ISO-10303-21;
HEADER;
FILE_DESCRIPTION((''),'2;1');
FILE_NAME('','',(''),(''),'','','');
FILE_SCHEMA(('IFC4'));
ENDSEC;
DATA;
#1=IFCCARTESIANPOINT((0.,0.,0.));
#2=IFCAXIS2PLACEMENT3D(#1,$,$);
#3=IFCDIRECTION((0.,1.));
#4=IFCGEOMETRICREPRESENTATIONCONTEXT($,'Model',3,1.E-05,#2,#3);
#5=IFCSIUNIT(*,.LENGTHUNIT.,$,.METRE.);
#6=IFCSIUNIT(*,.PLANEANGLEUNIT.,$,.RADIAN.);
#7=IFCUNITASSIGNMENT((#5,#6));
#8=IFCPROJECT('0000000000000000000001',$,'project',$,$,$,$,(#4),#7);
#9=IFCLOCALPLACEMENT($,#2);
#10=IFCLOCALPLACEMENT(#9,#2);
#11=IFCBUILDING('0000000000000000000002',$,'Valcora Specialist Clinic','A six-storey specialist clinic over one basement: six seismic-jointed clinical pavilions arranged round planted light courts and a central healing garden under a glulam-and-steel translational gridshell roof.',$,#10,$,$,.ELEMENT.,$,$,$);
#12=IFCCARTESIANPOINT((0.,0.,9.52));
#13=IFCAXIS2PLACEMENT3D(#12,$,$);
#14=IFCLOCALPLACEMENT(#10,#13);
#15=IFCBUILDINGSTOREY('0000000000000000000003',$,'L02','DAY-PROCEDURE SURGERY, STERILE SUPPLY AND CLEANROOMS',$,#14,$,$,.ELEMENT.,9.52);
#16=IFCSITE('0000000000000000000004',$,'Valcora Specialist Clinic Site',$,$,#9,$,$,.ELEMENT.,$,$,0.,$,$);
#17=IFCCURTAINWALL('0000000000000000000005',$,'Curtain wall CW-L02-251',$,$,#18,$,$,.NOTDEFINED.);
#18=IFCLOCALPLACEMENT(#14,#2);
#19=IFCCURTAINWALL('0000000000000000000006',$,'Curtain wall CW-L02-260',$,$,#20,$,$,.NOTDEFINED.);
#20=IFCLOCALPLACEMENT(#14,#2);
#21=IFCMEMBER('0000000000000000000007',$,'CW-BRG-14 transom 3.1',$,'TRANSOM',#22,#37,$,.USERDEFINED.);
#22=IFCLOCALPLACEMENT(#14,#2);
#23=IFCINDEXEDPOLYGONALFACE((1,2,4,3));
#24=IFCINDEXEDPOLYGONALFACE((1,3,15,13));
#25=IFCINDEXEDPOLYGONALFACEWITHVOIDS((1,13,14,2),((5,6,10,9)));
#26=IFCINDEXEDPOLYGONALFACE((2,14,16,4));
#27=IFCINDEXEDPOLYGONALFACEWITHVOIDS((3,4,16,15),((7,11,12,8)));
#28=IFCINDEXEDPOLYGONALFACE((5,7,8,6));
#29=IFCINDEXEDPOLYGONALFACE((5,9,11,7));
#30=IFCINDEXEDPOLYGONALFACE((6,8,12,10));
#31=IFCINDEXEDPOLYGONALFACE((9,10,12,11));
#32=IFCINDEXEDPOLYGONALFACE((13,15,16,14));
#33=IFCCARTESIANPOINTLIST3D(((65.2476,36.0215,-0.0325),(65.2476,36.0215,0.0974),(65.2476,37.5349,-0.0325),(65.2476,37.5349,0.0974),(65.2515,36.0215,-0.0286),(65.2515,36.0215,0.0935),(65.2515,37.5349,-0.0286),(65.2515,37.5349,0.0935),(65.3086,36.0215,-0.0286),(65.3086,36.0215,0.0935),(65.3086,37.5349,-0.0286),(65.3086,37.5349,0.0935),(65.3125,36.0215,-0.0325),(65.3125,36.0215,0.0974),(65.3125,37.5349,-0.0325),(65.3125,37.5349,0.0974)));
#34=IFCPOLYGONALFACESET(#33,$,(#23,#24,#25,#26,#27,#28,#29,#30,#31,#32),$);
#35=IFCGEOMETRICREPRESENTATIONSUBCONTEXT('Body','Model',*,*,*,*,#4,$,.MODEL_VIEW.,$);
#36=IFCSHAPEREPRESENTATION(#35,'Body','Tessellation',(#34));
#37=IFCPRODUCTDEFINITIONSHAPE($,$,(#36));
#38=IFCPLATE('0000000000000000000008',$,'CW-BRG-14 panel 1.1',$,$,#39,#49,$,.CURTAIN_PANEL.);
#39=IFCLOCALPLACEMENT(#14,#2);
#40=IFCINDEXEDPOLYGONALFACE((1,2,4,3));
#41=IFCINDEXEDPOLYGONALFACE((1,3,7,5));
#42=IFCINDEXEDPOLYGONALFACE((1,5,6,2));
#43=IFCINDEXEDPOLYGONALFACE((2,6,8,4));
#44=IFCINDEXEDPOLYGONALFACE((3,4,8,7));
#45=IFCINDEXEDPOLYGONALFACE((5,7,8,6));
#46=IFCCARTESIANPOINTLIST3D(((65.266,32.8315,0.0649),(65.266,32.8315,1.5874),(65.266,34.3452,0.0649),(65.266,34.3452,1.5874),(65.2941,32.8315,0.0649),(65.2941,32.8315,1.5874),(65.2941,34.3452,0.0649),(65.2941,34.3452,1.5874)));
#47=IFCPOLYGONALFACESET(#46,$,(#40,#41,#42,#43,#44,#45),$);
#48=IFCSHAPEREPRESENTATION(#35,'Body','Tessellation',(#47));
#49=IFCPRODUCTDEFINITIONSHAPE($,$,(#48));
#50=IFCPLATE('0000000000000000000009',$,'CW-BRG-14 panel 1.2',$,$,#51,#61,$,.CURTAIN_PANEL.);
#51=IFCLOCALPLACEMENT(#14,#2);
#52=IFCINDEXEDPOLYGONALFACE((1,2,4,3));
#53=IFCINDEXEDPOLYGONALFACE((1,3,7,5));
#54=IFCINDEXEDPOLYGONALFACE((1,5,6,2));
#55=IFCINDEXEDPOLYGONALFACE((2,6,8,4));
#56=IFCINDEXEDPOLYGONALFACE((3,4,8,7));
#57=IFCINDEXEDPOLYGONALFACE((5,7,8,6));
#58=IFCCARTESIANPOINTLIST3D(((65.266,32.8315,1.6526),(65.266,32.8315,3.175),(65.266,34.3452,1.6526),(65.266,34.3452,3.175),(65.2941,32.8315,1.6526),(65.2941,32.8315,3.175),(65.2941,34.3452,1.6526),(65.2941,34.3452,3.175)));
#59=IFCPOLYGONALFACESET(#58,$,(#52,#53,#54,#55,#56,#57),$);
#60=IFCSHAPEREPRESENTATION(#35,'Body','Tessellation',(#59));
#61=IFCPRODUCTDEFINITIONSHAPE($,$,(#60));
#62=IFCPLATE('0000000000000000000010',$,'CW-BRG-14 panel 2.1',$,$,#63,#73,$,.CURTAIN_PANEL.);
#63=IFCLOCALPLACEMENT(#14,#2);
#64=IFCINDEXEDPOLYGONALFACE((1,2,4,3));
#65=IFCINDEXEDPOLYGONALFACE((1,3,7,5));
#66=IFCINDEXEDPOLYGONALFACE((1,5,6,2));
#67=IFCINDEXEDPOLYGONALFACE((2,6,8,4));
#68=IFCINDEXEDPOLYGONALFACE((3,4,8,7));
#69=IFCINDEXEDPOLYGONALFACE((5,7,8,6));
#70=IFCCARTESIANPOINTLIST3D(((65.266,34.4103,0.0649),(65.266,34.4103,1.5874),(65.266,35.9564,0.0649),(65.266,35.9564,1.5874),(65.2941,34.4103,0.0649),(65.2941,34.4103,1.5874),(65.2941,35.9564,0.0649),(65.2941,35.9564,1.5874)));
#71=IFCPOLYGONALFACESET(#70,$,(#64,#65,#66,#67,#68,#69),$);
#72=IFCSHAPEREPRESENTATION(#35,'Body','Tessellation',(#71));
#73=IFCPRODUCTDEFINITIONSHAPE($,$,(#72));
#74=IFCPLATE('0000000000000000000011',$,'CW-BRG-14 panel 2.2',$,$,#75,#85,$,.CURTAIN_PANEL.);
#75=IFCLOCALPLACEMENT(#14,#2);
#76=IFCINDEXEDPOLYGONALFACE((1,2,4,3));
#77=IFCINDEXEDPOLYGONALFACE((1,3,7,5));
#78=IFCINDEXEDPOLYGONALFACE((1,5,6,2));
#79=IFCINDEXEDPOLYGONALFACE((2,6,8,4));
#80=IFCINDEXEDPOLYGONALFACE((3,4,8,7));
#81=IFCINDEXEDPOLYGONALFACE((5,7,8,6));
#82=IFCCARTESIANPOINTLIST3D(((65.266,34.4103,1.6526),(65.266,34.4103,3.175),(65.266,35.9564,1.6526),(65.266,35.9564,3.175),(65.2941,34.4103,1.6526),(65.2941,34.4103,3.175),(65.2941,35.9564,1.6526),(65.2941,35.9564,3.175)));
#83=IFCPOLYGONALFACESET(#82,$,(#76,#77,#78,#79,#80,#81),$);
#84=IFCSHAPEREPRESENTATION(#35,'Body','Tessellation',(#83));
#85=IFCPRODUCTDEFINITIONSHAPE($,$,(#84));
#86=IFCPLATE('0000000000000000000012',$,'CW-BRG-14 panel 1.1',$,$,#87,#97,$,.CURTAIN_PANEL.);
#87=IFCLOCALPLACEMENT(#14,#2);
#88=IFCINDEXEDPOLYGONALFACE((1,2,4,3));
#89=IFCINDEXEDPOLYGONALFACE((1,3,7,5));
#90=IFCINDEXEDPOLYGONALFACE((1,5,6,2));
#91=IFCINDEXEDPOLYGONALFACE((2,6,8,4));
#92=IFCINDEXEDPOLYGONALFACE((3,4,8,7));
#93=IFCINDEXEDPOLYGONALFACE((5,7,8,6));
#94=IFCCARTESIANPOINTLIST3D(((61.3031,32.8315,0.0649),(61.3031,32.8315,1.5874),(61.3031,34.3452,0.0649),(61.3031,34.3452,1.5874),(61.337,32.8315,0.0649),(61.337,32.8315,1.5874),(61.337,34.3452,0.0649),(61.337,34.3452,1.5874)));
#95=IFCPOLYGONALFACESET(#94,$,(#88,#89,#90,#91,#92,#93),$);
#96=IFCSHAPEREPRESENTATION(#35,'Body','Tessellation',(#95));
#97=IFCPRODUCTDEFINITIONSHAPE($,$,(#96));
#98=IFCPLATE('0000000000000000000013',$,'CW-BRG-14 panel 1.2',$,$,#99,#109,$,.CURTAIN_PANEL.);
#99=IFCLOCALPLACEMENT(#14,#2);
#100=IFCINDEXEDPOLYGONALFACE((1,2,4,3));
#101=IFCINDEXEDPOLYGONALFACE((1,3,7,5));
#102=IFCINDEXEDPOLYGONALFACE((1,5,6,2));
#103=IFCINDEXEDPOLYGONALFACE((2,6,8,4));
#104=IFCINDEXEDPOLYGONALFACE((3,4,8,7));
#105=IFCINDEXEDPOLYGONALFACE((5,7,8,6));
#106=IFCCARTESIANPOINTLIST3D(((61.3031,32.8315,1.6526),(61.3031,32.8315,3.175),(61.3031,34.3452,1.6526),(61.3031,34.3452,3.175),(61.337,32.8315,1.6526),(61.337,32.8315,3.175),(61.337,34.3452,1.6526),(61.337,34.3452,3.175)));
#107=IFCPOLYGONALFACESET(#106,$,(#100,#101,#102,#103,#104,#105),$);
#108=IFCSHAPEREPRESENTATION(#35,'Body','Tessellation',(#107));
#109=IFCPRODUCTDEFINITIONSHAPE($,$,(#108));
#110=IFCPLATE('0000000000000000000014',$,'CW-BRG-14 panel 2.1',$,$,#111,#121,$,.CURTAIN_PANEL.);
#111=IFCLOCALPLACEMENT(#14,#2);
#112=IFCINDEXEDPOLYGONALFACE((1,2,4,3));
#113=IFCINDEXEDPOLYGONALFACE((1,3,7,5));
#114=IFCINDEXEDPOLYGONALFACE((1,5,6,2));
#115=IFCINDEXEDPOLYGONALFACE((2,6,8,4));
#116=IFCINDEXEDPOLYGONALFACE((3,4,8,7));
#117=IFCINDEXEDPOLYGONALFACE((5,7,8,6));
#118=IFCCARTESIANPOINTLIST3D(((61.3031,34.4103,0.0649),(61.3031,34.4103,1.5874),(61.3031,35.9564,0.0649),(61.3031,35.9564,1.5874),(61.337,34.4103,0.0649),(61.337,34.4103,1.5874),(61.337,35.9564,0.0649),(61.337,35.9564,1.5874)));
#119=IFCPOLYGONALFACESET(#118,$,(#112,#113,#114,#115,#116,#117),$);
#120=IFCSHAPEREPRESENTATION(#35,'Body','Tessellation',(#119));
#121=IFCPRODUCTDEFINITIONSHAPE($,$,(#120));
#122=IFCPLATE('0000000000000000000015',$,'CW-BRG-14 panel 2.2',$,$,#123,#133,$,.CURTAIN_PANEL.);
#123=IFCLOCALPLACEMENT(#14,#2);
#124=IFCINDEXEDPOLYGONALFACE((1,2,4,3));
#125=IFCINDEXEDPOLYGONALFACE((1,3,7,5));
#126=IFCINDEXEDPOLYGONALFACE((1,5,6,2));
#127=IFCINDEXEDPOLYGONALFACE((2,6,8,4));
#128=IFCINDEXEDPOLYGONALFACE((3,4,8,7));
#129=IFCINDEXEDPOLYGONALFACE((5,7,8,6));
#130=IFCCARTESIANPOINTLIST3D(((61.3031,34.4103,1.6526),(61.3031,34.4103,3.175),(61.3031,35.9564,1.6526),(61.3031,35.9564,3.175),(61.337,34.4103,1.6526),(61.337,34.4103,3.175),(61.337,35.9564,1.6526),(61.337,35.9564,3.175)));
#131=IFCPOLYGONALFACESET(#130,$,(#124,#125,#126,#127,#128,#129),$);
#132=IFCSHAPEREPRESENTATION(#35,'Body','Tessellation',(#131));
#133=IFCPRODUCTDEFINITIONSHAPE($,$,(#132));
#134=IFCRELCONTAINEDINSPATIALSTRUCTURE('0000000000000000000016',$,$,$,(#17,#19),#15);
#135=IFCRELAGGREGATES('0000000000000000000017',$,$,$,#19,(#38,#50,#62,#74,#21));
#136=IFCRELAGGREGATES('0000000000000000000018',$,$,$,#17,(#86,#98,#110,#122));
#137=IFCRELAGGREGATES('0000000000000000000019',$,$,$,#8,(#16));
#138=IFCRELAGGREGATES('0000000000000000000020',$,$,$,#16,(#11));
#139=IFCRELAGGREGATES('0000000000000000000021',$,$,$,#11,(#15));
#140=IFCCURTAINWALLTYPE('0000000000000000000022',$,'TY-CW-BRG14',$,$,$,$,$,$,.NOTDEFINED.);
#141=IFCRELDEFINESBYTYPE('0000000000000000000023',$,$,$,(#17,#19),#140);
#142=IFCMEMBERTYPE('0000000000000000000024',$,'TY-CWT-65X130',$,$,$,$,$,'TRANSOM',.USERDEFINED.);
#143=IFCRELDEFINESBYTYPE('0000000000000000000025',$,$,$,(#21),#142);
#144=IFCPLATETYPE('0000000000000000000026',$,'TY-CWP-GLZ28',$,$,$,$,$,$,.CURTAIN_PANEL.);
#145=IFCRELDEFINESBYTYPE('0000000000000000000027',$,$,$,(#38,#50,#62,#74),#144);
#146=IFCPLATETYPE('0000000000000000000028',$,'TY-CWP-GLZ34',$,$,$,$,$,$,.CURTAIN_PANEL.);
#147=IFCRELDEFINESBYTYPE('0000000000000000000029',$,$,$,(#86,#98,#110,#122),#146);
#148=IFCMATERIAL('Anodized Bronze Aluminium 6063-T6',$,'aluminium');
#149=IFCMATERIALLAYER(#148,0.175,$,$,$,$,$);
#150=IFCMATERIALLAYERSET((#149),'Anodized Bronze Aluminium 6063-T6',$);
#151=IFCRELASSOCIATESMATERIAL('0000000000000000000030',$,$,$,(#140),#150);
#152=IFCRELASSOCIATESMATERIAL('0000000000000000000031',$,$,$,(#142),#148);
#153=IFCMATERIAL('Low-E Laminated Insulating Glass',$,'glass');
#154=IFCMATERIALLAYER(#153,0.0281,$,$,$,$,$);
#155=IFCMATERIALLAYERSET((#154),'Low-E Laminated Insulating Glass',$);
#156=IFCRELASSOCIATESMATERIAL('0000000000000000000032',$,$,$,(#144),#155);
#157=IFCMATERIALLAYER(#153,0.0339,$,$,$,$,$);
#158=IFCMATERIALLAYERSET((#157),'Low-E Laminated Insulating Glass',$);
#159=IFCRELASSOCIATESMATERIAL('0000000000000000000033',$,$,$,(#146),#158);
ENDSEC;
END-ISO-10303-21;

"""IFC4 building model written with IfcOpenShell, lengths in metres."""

from ifc_helpers import new_model, si_unit, direction, frame, origin, origin_2d, place, context, subcontext, project, spatial, rectangle, hollow_rectangle, extrude, material, layer, layer_set, material_profile, profile_set, type_object, element, aggregate, save


model = new_model("IFC4")

# Units and contexts
model_context = context("Model", 3, precision=1e-05, world=origin(), true_north=direction((0.0, 1.0)))
body_context = subcontext(model_context, "Body", "Model", "MODEL_VIEW")
ifc_project = project(units=[si_unit("LENGTHUNIT", "METRE"), si_unit("PLANEANGLEUNIT", "RADIAN")], contexts=[model_context])

# Site, building, storey
site_placement = place(None, origin())
site = spatial("IfcSite", under=ifc_project, at=site_placement, Name="Valcora Specialist Clinic Site", CompositionType="ELEMENT", RefElevation=0.0)
building_placement = place(site_placement, origin())
building = spatial("IfcBuilding", under=site, at=building_placement, Name="Valcora Specialist Clinic", Description="A six-storey specialist clinic over one basement: six seismic-jointed clinical pavilions arranged round planted light courts and a central healing garden under a glulam-and-steel translational gridshell roof.", CompositionType="ELEMENT")
storey_placement = place(building_placement, frame((0.0, 0.0, 9.52)))
storey = spatial("IfcBuildingStorey", under=building, at=storey_placement, Name="L02", Description="DAY-PROCEDURE SURGERY, STERILE SUPPLY AND CLEANROOMS", CompositionType="ELEMENT", Elevation=9.52)

# Curtain wall
ifc_material_1 = material(Name="Anodized Bronze Aluminium 6063-T6", Category="aluminium")
ifc_layer_1 = layer(ifc_material_1, 0.175)
ifc_layer_set_1 = layer_set([ifc_layer_1], Name="Anodized Bronze Aluminium 6063-T6")
curtain_wall_type = type_object("IfcCurtainWallType", Name="TY-CW-BRG14", PredefinedType="NOTDEFINED", material=ifc_layer_set_1)
curtain_wall_1_placement = place(storey_placement, origin())
curtain_wall_1 = element("IfcCurtainWall", 1, at=curtain_wall_1_placement, inside=storey, type_object=curtain_wall_type, Name="Curtain wall CW-L02-251", PredefinedType="NOTDEFINED")

# Curtain wall
curtain_wall_2_placement = place(storey_placement, origin())
curtain_wall_2 = element("IfcCurtainWall", 2, at=curtain_wall_2_placement, inside=storey, type_object=curtain_wall_type, Name="Curtain wall CW-L02-260", PredefinedType="NOTDEFINED")

# Member
ifc_material_profile_1 = material_profile(ifc_material_1, hollow_rectangle(XDim=0.0649, YDim=0.1299, WallThickness=0.0039, at=origin_2d()), Name="AL-TRN-65X130")
ifc_profile_set_1 = profile_set([ifc_material_profile_1], Name="Anodized Bronze Aluminium 6063-T6")
member_type_1 = type_object("IfcMemberType", Name="TY-CWT-65X130", ElementType="TRANSOM", PredefinedType="USERDEFINED", material=ifc_profile_set_1)
member_1_placement = place(storey_placement, frame((65.28, 36.0215, 0.0325), z_axis=(0.0, 1.0, 0.0), x_axis=(-1.0, 0.0, 0.0)))
member_1 = element("IfcMember", 3, at=member_1_placement, type_object=member_type_1, Name="CW-BRG-14 transom 3.1", ObjectType="TRANSOM", PredefinedType="USERDEFINED", context=body_context, shape_type="SweptSolid", body=[
    extrude(hollow_rectangle(XDim=0.0649, YDim=0.1299, WallThickness=0.0039, at=origin_2d()), origin(), (0.0, 0.0, 1.0), 1.5134),
])

# Plates
ifc_material_2 = material(Name="Low-E Laminated Insulating Glass", Category="glass")
ifc_layer_2 = layer(ifc_material_2, 0.0281)
ifc_layer_set_2 = layer_set([ifc_layer_2], Name="Low-E Laminated Insulating Glass")
plate_type_1 = type_object("IfcPlateType", Name="TY-CWP-GLZ28", PredefinedType="CURTAIN_PANEL", material=ifc_layer_set_2)
plate_1_placement = place(storey_placement, frame((65.28, 33.5884, 0.0649), z_axis=(0.0, 0.0, 1.0), x_axis=(0.0, 1.0, 0.0)))
plate_1 = element("IfcPlate", 4, at=plate_1_placement, type_object=plate_type_1, Name="CW-BRG-14 panel 1.1", PredefinedType="CURTAIN_PANEL", context=body_context, shape_type="SweptSolid", body=[
    extrude(rectangle(XDim=1.5137, YDim=0.0281, at=origin_2d()), origin(), (0.0, 0.0, 1.0), 1.5225),
])
plate_2_placement = place(storey_placement, frame((65.28, 33.5884, 1.6526), z_axis=(0.0, 0.0, 1.0), x_axis=(0.0, 1.0, 0.0)))
plate_2 = element("IfcPlate", 5, at=plate_2_placement, type_object=plate_type_1, Name="CW-BRG-14 panel 1.2", PredefinedType="CURTAIN_PANEL", context=body_context, shape_type="SweptSolid", body=[
    extrude(rectangle(XDim=1.5137, YDim=0.0281, at=origin_2d()), origin(), (0.0, 0.0, 1.0), 1.5225),
])
plate_3_placement = place(storey_placement, frame((65.28, 35.1833, 0.0649), z_axis=(0.0, 0.0, 1.0), x_axis=(0.0, 1.0, 0.0)))
plate_3 = element("IfcPlate", 6, at=plate_3_placement, type_object=plate_type_1, Name="CW-BRG-14 panel 2.1", PredefinedType="CURTAIN_PANEL", context=body_context, shape_type="SweptSolid", body=[
    extrude(rectangle(XDim=1.5461, YDim=0.0281, at=origin_2d()), origin(), (0.0, 0.0, 1.0), 1.5225),
])
plate_4_placement = place(storey_placement, frame((65.28, 35.1833, 1.6526), z_axis=(0.0, 0.0, 1.0), x_axis=(0.0, 1.0, 0.0)))
plate_4 = element("IfcPlate", 7, at=plate_4_placement, type_object=plate_type_1, Name="CW-BRG-14 panel 2.2", PredefinedType="CURTAIN_PANEL", context=body_context, shape_type="SweptSolid", body=[
    extrude(rectangle(XDim=1.5461, YDim=0.0281, at=origin_2d()), origin(), (0.0, 0.0, 1.0), 1.5225),
])
aggregate(curtain_wall_2, [plate_1, plate_2, plate_3, plate_4, member_1])
ifc_layer_3 = layer(ifc_material_2, 0.0339)
ifc_layer_set_3 = layer_set([ifc_layer_3], Name="Low-E Laminated Insulating Glass")
plate_type_2 = type_object("IfcPlateType", Name="TY-CWP-GLZ34", PredefinedType="CURTAIN_PANEL", material=ifc_layer_set_3)
plate_5_placement = place(storey_placement, frame((61.3201, 33.5884, 0.0649), z_axis=(0.0, 0.0, 1.0), x_axis=(0.0, 1.0, 0.0)))
plate_5 = element("IfcPlate", 8, at=plate_5_placement, type_object=plate_type_2, Name="CW-BRG-14 panel 1.1", PredefinedType="CURTAIN_PANEL", context=body_context, shape_type="SweptSolid", body=[
    extrude(rectangle(XDim=1.5137, YDim=0.0339, at=origin_2d()), origin(), (0.0, 0.0, 1.0), 1.5225),
])
plate_6_placement = place(storey_placement, frame((61.3201, 33.5884, 1.6526), z_axis=(0.0, 0.0, 1.0), x_axis=(0.0, 1.0, 0.0)))
plate_6 = element("IfcPlate", 9, at=plate_6_placement, type_object=plate_type_2, Name="CW-BRG-14 panel 1.2", PredefinedType="CURTAIN_PANEL", context=body_context, shape_type="SweptSolid", body=[
    extrude(rectangle(XDim=1.5137, YDim=0.0339, at=origin_2d()), origin(), (0.0, 0.0, 1.0), 1.5225),
])
plate_7_placement = place(storey_placement, frame((61.3201, 35.1833, 0.0649), z_axis=(0.0, 0.0, 1.0), x_axis=(0.0, 1.0, 0.0)))
plate_7 = element("IfcPlate", 10, at=plate_7_placement, type_object=plate_type_2, Name="CW-BRG-14 panel 2.1", PredefinedType="CURTAIN_PANEL", context=body_context, shape_type="SweptSolid", body=[
    extrude(rectangle(XDim=1.5461, YDim=0.0339, at=origin_2d()), origin(), (0.0, 0.0, 1.0), 1.5225),
])
plate_8_placement = place(storey_placement, frame((61.3201, 35.1833, 1.6526), z_axis=(0.0, 0.0, 1.0), x_axis=(0.0, 1.0, 0.0)))
plate_8 = element("IfcPlate", 11, at=plate_8_placement, type_object=plate_type_2, Name="CW-BRG-14 panel 2.2", PredefinedType="CURTAIN_PANEL", context=body_context, shape_type="SweptSolid", body=[
    extrude(rectangle(XDim=1.5461, YDim=0.0339, at=origin_2d()), origin(), (0.0, 0.0, 1.0), 1.5225),
])
aggregate(curtain_wall_1, [plate_5, plate_6, plate_7, plate_8])

save(model, "model.ifc")
